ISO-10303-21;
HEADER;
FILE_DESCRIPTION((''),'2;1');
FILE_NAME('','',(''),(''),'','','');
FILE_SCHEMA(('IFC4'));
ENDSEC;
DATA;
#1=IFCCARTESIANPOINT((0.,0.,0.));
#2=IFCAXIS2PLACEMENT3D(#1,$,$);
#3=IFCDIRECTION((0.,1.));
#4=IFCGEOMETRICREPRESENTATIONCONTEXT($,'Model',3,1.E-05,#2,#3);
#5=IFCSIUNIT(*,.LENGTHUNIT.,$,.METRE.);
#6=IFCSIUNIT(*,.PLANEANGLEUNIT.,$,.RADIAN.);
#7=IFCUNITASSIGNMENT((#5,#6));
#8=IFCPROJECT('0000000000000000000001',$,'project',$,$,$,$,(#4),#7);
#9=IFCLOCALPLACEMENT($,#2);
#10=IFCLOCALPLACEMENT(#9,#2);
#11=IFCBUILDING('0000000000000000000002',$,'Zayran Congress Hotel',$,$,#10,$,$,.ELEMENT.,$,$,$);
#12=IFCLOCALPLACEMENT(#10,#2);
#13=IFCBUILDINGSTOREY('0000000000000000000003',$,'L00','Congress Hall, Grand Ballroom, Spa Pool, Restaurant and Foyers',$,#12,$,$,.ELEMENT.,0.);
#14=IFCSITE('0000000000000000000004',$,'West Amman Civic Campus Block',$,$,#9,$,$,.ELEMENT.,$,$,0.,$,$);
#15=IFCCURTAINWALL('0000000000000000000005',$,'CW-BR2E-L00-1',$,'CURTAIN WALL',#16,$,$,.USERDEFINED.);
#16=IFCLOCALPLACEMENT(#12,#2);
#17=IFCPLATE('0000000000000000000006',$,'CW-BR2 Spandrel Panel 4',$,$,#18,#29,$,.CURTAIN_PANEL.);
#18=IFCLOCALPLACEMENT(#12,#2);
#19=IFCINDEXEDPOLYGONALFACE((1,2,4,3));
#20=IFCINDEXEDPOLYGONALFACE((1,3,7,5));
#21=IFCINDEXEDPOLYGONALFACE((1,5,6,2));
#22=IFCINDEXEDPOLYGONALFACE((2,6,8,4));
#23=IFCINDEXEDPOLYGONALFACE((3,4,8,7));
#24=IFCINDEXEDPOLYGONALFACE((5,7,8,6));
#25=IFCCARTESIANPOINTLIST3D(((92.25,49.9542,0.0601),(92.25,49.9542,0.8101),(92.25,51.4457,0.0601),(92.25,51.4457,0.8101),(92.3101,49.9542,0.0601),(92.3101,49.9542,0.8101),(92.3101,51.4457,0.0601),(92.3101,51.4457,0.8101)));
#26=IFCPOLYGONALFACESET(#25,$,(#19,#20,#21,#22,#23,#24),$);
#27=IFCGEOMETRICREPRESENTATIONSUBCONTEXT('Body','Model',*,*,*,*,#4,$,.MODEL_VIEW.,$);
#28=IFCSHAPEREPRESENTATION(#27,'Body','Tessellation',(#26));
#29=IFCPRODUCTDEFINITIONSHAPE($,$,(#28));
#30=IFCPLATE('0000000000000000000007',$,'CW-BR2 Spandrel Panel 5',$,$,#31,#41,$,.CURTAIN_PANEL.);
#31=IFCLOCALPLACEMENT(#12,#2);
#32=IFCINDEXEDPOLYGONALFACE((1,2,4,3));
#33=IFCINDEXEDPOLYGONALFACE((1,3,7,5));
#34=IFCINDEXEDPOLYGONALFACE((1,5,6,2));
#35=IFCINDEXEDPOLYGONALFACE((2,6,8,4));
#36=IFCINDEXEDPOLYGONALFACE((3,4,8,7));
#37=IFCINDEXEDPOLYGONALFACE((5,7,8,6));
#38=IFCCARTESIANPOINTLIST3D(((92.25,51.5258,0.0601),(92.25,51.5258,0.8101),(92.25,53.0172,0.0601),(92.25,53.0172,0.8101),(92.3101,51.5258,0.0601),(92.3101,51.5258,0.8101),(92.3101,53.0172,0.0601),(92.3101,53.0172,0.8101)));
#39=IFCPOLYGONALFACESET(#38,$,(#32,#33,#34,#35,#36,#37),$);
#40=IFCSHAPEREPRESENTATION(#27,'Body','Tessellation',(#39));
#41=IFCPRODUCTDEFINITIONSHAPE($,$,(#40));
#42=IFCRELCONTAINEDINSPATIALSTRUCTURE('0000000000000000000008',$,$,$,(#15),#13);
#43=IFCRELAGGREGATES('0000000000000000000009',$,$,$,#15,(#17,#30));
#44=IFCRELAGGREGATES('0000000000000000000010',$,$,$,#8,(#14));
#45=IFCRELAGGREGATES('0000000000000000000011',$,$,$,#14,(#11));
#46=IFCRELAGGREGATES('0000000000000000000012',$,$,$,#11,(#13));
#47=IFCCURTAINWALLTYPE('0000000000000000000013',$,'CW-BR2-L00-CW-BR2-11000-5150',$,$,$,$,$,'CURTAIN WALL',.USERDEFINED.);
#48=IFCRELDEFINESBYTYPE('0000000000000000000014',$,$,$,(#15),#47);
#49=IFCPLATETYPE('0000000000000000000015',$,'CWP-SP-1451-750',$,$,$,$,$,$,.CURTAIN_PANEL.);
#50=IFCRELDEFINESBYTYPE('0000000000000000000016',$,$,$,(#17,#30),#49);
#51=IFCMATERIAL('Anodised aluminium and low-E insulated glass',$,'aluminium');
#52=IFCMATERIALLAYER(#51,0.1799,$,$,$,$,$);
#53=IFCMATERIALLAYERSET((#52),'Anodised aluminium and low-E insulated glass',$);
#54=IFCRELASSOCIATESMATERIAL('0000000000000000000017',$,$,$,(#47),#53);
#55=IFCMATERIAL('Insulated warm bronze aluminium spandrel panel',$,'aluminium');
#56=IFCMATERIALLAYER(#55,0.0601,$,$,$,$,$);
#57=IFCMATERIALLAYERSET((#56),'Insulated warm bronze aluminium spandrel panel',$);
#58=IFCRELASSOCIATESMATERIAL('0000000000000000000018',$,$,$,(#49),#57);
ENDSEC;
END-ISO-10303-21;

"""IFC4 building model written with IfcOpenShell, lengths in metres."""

from ifc_helpers import new_model, si_unit, direction, frame, origin, origin_2d, place, context, subcontext, project, spatial, rectangle, extrude, material, layer, layer_set, type_object, element, aggregate, save


model = new_model("IFC4")

# Units and contexts
model_context = context("Model", 3, precision=1e-05, world=origin(), true_north=direction((0.0, 1.0)))
body_context = subcontext(model_context, "Body", "Model", "MODEL_VIEW")
ifc_project = project(units=[si_unit("LENGTHUNIT", "METRE"), si_unit("PLANEANGLEUNIT", "RADIAN")], contexts=[model_context])

# Site, building, storey
site_placement = place(None, origin())
site = spatial("IfcSite", under=ifc_project, at=site_placement, Name="West Amman Civic Campus Block", CompositionType="ELEMENT", RefElevation=0.0)
building_placement = place(site_placement, origin())
building = spatial("IfcBuilding", under=site, at=building_placement, Name="Zayran Congress Hotel", CompositionType="ELEMENT")
storey_placement = place(building_placement, origin())
storey = spatial("IfcBuildingStorey", under=building, at=storey_placement, Name="L00", Description="Congress Hall, Grand Ballroom, Spa Pool, Restaurant and Foyers", CompositionType="ELEMENT", Elevation=0.0)

# Curtain wall, plates
ifc_material_1 = material(Name="Anodised aluminium and low-E insulated glass", Category="aluminium")
ifc_layer_1 = layer(ifc_material_1, 0.1799)
ifc_layer_set_1 = layer_set([ifc_layer_1], Name="Anodised aluminium and low-E insulated glass")
curtain_wall_type = type_object("IfcCurtainWallType", Name="CW-BR2-L00-CW-BR2-11000-5150", ElementType="CURTAIN WALL", PredefinedType="USERDEFINED", material=ifc_layer_set_1)
curtain_wall_placement = place(storey_placement, origin())
curtain_wall = element("IfcCurtainWall", 1, at=curtain_wall_placement, inside=storey, type_object=curtain_wall_type, Name="CW-BR2E-L00-1", ObjectType="CURTAIN WALL", PredefinedType="USERDEFINED")
ifc_material_2 = material(Name="Insulated warm bronze aluminium spandrel panel", Category="aluminium")
ifc_layer_2 = layer(ifc_material_2, 0.0601)
ifc_layer_set_2 = layer_set([ifc_layer_2], Name="Insulated warm bronze aluminium spandrel panel")
plate_type_1 = type_object("IfcPlateType", Name="CWP-SP-1451-750", PredefinedType="CURTAIN_PANEL", material=ifc_layer_set_2)
plate_1_placement = place(storey_placement, frame((92.28, 50.7, 0.0601), z_axis=(0.0, 0.0, 1.0), x_axis=(0.0, 1.0, 0.0)))
plate_1 = element("IfcPlate", 2, at=plate_1_placement, type_object=plate_type_1, Name="CW-BR2 Spandrel Panel 4", PredefinedType="CURTAIN_PANEL", context=body_context, shape_type="SweptSolid", body=[
    extrude(rectangle(XDim=1.4915, YDim=0.0601, at=origin_2d()), origin(), (0.0, 0.0, 1.0), 0.75),
])
plate_2_placement = place(storey_placement, frame((92.28, 52.2715, 0.0601), z_axis=(0.0, 0.0, 1.0), x_axis=(0.0, 1.0, 0.0)))
plate_2 = element("IfcPlate", 3, at=plate_2_placement, type_object=plate_type_1, Name="CW-BR2 Spandrel Panel 5", PredefinedType="CURTAIN_PANEL", context=body_context, shape_type="SweptSolid", body=[
    extrude(rectangle(XDim=1.4915, YDim=0.0601, at=origin_2d()), origin(), (0.0, 0.0, 1.0), 0.75),
])
aggregate(curtain_wall, [plate_1, plate_2])

save(model, "model.ifc")
